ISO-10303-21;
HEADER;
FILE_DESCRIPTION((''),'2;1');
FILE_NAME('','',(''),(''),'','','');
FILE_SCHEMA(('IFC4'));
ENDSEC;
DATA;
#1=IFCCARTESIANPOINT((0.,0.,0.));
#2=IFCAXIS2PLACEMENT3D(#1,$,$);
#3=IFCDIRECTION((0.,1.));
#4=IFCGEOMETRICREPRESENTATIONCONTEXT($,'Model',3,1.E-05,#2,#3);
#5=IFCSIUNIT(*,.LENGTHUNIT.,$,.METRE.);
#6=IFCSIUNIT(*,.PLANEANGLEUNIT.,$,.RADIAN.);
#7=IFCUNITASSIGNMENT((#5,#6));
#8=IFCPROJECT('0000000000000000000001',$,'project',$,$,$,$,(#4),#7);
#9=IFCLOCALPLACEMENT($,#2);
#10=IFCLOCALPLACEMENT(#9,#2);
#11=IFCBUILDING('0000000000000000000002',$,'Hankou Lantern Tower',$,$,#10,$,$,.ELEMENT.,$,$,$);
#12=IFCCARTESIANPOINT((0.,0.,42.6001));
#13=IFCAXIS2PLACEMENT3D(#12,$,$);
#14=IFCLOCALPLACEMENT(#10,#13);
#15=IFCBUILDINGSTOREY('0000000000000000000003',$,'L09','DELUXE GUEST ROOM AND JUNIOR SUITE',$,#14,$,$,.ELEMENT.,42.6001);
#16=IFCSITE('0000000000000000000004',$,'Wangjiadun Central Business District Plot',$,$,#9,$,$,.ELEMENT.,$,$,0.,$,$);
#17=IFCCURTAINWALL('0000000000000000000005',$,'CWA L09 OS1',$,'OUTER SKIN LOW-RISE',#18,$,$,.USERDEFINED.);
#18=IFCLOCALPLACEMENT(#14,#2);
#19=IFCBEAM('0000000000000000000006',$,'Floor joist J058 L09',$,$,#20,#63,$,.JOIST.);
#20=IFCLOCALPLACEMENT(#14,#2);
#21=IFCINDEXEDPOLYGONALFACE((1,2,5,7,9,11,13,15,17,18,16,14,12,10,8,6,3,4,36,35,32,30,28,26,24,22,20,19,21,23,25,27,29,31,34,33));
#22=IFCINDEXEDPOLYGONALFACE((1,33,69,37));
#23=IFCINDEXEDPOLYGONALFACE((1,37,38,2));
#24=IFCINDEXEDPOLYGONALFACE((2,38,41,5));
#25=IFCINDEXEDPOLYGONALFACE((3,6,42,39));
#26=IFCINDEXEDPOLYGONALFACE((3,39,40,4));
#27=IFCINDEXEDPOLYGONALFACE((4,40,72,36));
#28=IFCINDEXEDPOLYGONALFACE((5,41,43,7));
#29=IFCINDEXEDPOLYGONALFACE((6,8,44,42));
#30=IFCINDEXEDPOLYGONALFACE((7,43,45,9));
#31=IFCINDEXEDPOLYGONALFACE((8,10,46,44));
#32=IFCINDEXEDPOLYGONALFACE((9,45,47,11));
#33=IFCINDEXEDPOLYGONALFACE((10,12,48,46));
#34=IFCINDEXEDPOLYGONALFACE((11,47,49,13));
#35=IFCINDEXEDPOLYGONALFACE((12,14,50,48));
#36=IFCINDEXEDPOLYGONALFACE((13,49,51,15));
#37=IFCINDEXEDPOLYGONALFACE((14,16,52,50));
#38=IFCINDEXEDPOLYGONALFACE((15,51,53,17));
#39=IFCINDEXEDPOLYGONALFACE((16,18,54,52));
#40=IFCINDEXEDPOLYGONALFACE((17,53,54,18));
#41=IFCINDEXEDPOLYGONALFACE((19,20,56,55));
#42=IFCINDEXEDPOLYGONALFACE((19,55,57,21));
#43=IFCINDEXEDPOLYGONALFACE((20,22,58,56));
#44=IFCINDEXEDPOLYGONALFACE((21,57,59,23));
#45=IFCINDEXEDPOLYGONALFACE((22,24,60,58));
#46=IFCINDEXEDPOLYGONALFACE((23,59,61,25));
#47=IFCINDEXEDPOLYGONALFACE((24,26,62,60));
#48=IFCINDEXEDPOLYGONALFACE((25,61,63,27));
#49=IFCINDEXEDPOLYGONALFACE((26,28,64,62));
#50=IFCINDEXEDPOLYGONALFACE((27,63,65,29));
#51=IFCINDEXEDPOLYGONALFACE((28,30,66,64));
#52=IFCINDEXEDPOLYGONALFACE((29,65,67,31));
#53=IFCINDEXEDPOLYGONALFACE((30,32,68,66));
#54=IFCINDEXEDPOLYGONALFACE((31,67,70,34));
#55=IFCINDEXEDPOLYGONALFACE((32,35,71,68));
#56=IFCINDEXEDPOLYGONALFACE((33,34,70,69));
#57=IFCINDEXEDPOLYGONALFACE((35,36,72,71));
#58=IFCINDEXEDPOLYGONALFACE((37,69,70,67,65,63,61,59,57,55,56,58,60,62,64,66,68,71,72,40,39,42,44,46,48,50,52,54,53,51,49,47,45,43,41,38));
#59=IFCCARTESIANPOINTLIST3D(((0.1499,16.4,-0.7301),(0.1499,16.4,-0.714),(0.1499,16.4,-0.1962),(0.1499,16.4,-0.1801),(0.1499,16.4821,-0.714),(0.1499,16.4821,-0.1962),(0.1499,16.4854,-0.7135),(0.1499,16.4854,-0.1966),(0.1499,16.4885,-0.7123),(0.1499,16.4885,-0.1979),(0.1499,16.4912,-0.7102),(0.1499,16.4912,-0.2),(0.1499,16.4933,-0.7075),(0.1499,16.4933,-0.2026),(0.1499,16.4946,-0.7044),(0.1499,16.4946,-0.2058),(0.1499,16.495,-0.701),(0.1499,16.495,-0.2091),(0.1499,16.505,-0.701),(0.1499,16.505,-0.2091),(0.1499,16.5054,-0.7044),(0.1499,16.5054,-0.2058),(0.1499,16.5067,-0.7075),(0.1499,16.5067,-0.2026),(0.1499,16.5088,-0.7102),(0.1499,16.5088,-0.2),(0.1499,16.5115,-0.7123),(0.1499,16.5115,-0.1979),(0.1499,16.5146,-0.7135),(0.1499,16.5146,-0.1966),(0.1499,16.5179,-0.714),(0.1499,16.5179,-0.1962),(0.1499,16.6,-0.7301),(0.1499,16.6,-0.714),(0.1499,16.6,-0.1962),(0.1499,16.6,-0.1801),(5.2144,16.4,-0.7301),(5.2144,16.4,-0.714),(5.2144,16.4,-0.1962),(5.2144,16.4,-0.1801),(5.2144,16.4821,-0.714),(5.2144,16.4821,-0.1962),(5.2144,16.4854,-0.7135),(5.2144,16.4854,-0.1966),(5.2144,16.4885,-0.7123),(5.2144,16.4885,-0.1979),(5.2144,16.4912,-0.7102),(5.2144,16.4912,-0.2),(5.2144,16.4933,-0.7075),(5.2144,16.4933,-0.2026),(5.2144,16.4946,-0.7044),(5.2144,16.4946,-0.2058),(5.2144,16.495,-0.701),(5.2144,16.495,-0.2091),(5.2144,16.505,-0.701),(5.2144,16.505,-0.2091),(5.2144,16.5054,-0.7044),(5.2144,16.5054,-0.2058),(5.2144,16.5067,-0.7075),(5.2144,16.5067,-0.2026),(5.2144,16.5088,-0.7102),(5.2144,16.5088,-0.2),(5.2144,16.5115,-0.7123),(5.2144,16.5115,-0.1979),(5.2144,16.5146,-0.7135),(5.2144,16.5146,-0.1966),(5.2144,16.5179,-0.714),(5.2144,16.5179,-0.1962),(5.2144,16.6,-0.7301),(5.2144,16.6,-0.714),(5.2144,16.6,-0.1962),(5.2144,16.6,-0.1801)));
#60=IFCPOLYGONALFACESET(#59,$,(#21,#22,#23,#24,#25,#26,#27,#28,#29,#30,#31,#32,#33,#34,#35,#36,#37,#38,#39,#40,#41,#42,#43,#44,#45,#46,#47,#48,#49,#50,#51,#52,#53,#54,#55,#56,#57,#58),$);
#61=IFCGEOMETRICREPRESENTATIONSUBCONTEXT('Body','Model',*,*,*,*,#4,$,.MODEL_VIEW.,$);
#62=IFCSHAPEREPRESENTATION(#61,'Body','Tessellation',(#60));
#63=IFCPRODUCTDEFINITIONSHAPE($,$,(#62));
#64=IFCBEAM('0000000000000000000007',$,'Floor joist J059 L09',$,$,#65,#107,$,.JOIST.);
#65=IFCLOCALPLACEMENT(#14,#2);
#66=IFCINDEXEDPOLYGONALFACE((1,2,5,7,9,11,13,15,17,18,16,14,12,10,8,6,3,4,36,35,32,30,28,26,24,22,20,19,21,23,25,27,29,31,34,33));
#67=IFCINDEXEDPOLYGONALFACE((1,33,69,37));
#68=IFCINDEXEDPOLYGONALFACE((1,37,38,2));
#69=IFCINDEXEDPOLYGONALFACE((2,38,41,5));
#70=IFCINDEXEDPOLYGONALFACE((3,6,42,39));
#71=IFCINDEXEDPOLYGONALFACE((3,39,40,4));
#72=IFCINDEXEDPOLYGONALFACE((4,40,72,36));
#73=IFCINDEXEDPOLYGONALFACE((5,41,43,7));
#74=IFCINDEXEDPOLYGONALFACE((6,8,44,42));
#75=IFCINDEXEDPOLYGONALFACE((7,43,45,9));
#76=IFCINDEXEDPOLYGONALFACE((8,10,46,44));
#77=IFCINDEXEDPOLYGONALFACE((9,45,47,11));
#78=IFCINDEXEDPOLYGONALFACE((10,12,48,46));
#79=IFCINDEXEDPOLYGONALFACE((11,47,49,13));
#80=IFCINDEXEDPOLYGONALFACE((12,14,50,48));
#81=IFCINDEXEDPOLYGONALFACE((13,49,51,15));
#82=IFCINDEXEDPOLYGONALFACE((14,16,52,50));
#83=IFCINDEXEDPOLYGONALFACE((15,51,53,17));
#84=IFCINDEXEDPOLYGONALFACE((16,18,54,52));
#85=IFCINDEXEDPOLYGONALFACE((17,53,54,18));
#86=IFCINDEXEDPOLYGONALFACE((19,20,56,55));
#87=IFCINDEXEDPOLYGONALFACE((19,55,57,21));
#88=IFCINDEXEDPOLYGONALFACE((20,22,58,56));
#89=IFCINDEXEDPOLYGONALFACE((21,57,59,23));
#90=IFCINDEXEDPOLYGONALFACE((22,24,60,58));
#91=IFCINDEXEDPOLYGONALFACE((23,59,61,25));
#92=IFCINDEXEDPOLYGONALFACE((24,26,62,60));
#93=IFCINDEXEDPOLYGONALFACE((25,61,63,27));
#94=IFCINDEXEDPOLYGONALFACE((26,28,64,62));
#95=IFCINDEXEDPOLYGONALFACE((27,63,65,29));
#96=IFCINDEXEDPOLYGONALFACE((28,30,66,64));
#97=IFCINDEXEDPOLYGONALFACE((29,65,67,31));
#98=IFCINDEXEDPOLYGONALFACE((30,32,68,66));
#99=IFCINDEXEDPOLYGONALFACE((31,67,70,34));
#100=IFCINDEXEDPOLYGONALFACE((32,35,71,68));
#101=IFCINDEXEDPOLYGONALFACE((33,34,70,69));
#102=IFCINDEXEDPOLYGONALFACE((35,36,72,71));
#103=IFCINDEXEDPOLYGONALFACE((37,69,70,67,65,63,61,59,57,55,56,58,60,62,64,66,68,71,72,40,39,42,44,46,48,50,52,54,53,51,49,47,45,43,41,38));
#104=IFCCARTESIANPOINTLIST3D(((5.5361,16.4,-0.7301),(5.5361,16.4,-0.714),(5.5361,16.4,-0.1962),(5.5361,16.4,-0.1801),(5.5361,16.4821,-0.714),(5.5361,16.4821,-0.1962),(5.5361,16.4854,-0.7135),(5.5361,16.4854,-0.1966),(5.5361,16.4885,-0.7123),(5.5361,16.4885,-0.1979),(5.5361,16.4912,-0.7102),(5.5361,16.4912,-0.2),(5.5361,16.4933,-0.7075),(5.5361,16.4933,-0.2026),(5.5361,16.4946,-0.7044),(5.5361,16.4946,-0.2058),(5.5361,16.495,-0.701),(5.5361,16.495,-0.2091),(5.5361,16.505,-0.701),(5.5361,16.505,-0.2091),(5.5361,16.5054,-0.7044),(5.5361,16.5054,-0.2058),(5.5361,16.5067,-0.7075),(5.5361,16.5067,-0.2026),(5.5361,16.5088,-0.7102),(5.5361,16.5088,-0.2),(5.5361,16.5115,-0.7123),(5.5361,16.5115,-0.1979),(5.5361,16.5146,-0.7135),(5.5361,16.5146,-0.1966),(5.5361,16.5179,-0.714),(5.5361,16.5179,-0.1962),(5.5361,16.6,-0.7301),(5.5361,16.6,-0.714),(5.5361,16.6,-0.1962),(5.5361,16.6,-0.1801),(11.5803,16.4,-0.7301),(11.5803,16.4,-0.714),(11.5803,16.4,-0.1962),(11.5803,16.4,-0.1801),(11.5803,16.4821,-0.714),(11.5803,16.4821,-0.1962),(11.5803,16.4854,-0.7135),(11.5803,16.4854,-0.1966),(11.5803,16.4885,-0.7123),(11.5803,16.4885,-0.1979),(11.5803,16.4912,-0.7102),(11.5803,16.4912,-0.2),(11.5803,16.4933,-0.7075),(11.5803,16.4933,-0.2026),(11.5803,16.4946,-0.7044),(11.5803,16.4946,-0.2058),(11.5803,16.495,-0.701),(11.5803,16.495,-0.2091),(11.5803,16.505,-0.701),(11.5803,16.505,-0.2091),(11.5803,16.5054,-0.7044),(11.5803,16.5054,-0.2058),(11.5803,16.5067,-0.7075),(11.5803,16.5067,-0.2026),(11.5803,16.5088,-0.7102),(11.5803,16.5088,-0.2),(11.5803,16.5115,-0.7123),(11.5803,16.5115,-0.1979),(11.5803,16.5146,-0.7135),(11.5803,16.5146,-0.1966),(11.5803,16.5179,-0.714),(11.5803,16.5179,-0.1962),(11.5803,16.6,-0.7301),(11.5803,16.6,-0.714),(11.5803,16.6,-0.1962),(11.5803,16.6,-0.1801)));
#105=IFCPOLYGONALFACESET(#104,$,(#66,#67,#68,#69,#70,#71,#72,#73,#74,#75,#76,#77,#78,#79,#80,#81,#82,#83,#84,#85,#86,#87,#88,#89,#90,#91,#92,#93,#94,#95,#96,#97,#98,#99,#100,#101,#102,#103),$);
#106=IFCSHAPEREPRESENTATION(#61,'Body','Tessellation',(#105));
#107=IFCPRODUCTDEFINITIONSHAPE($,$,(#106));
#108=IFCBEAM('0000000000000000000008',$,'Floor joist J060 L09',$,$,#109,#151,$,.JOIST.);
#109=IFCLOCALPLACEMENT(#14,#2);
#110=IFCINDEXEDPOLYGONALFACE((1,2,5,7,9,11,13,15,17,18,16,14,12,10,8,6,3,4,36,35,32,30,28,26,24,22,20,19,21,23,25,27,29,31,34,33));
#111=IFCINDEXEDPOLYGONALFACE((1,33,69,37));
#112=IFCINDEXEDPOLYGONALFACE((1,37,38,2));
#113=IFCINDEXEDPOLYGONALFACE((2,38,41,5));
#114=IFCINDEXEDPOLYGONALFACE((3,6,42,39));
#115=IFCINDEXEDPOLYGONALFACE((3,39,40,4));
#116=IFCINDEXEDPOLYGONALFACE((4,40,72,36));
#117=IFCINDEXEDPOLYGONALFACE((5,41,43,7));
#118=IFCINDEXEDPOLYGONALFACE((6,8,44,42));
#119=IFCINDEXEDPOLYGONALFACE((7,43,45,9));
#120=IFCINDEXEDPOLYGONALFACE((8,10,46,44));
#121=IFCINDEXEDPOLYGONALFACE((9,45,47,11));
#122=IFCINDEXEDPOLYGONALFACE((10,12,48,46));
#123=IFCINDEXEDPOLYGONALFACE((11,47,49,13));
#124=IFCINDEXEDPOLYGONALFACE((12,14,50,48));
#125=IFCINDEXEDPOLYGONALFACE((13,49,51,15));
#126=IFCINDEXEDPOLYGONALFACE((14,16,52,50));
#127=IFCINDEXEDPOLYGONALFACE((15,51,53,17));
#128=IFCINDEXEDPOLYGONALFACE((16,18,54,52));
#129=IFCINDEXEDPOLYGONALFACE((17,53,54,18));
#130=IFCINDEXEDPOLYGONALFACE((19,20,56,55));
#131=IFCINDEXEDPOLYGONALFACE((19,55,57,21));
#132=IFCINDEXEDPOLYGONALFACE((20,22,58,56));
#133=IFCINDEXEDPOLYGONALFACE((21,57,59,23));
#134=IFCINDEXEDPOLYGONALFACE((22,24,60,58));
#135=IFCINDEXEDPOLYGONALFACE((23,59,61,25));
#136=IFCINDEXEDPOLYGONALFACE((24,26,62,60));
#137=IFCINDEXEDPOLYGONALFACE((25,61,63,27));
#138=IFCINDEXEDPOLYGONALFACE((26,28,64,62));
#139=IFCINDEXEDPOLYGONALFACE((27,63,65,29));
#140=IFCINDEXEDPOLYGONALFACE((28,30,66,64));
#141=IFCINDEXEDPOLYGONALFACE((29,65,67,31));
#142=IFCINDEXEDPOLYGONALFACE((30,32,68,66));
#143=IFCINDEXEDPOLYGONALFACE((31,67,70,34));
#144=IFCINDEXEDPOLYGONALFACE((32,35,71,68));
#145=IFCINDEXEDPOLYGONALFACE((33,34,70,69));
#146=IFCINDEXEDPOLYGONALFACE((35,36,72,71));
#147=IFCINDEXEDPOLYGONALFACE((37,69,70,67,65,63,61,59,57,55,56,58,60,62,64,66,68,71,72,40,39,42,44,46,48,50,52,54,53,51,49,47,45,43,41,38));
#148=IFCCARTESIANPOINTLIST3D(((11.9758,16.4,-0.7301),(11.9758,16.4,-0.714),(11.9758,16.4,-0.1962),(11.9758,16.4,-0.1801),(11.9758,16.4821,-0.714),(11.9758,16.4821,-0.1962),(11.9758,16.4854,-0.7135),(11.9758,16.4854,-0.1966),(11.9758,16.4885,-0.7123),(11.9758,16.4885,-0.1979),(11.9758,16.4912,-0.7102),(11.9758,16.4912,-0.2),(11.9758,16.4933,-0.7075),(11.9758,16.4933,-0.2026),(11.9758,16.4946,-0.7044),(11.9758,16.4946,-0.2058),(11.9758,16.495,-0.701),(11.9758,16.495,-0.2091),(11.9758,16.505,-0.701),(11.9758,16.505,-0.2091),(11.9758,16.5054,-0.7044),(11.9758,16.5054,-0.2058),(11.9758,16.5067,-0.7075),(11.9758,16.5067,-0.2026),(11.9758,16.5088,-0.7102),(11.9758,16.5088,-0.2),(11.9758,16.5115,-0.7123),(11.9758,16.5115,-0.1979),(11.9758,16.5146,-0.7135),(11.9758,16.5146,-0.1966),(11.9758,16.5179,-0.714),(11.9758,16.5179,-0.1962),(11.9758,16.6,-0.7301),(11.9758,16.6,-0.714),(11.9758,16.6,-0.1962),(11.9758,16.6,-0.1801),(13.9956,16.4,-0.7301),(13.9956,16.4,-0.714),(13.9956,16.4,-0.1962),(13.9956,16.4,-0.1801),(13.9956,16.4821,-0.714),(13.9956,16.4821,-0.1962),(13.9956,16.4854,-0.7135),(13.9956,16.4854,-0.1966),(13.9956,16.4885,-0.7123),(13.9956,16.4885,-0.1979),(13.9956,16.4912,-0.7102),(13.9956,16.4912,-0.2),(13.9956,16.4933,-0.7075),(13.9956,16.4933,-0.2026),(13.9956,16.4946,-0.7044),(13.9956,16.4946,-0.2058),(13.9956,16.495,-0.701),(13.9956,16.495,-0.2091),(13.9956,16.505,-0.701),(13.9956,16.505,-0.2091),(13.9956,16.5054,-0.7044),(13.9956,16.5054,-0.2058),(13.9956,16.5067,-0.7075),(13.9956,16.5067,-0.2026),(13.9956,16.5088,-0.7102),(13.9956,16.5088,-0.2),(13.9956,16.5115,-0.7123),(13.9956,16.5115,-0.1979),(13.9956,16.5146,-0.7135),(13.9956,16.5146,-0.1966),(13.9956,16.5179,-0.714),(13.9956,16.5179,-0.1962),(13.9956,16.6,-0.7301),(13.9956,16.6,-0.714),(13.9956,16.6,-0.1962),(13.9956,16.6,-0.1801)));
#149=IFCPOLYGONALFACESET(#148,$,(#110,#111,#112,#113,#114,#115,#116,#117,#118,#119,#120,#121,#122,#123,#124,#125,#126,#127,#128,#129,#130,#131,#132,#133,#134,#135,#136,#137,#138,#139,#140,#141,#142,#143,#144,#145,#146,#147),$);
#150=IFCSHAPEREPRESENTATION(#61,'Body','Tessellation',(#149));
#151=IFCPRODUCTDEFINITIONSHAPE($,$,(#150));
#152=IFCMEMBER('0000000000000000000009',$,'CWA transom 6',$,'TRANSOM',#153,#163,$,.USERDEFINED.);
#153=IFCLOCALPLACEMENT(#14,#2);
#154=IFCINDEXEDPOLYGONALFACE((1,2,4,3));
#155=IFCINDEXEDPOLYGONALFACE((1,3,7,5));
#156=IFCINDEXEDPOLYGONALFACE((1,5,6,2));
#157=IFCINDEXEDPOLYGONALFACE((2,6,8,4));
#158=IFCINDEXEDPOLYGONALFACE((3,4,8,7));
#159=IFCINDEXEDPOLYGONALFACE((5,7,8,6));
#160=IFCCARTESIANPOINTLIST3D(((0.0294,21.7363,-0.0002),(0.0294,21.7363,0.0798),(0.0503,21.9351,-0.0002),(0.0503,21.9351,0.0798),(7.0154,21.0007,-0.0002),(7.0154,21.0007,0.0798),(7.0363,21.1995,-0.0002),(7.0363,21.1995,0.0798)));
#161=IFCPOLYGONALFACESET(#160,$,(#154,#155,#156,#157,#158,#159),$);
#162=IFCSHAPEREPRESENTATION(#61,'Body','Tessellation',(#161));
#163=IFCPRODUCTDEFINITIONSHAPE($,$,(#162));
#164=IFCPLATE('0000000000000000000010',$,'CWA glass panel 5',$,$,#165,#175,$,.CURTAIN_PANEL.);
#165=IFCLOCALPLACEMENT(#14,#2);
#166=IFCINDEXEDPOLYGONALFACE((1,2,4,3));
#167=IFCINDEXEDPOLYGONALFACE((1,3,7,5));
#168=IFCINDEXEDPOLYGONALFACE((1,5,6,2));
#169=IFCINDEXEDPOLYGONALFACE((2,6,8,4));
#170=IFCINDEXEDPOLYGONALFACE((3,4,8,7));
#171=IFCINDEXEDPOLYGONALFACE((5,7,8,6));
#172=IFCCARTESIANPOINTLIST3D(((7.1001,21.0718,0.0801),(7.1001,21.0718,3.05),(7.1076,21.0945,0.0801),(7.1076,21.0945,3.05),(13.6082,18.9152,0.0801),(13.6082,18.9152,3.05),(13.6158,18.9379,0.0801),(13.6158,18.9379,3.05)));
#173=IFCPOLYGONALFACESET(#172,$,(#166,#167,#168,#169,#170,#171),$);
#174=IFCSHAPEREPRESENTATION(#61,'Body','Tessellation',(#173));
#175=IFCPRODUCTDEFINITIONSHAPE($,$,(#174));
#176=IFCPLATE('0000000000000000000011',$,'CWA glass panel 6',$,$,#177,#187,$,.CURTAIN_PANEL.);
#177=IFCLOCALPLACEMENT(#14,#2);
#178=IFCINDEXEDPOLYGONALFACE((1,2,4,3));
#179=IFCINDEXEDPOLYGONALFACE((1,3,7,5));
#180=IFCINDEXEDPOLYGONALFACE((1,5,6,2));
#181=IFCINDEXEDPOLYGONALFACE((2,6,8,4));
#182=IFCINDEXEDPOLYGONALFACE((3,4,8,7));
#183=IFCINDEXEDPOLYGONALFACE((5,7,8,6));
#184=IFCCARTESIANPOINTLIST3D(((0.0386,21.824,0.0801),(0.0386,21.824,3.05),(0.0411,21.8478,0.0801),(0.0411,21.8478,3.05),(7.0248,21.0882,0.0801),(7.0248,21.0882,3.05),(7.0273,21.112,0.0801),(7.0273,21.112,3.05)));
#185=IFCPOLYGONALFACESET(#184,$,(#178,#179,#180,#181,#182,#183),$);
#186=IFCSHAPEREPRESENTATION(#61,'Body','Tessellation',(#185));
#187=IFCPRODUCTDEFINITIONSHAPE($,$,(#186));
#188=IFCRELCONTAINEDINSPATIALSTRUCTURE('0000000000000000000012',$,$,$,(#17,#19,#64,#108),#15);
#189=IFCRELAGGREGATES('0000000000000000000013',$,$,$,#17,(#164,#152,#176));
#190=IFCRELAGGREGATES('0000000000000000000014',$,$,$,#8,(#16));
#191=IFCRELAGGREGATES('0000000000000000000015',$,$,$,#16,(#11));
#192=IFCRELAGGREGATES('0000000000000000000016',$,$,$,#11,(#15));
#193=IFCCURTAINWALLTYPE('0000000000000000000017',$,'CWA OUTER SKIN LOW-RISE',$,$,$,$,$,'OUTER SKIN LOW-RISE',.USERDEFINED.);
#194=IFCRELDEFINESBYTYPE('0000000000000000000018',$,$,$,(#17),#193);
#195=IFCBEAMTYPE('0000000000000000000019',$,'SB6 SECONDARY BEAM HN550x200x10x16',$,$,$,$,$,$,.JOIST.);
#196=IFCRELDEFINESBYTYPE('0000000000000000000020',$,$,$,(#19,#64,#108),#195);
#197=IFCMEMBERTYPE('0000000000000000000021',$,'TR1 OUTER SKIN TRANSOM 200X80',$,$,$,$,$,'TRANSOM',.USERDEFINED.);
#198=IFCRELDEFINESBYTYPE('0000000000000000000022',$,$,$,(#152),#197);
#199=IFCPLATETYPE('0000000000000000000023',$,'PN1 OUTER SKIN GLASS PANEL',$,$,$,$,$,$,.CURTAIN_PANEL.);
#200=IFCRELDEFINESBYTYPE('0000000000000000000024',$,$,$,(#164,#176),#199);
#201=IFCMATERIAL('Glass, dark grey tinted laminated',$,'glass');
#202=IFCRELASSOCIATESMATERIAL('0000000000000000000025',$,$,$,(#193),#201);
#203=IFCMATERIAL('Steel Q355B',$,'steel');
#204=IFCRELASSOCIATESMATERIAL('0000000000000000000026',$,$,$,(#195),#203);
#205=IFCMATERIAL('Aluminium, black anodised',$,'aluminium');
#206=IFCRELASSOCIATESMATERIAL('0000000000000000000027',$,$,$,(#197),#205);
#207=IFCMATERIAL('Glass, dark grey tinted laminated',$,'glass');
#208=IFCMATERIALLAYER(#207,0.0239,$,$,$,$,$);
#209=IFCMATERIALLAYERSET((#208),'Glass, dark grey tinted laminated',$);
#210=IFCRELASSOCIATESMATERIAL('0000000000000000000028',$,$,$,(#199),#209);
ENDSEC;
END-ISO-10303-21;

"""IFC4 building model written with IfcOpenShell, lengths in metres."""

from ifc_helpers import new_model, si_unit, direction, frame, origin, origin_2d, place, context, subcontext, project, spatial, rectangle, i_section, extrude, material, layer, layer_set, material_profile, profile_set, type_object, element, aggregate, save


model = new_model("IFC4")

# Units and contexts
model_context = context("Model", 3, precision=1e-05, world=origin(), true_north=direction((0.0, 1.0)))
body_context = subcontext(model_context, "Body", "Model", "MODEL_VIEW")
ifc_project = project(units=[si_unit("LENGTHUNIT", "METRE"), si_unit("PLANEANGLEUNIT", "RADIAN")], contexts=[model_context])

# Site, building, storey
site_placement = place(None, origin())
site = spatial("IfcSite", under=ifc_project, at=site_placement, Name="Wangjiadun Central Business District Plot", CompositionType="ELEMENT", RefElevation=0.0)
building_placement = place(site_placement, origin())
building = spatial("IfcBuilding", under=site, at=building_placement, Name="Hankou Lantern Tower", CompositionType="ELEMENT")
storey_placement = place(building_placement, frame((0.0, 0.0, 42.6001)))
storey = spatial("IfcBuildingStorey", under=building, at=storey_placement, Name="L09", Description="DELUXE GUEST ROOM AND JUNIOR SUITE", CompositionType="ELEMENT", Elevation=42.6001)

# Curtain wall
ifc_material_1 = material(Name="Glass, dark grey tinted laminated", Category="glass")
curtain_wall_type = type_object("IfcCurtainWallType", Name="CWA OUTER SKIN LOW-RISE", ElementType="OUTER SKIN LOW-RISE", PredefinedType="USERDEFINED", material=ifc_material_1)
curtain_wall_1_placement = place(storey_placement, origin())
curtain_wall_1 = element("IfcCurtainWall", 1, at=curtain_wall_1_placement, inside=storey, type_object=curtain_wall_type, Name="CWA L09 OS1", ObjectType="OUTER SKIN LOW-RISE", PredefinedType="USERDEFINED")

# Beams
ifc_material_2 = material(Name="Steel Q355B", Category="steel")
ifc_material_profile_1 = material_profile(ifc_material_2, i_section(OverallWidth=0.2, OverallDepth=0.55, WebThickness=0.01, FlangeThickness=0.0161, FilletRadius=0.0129, at=origin_2d()), Name="HN550x200x10x16")
ifc_profile_set_1 = profile_set([ifc_material_profile_1], Name="Steel Q355B")
beam_type_1 = type_object("IfcBeamType", Name="SB6 SECONDARY BEAM HN550x200x10x16", PredefinedType="JOIST", material=ifc_profile_set_1)
beam_1_placement = place(storey_placement, frame((0.1499, 16.5, -0.4551), z_axis=(1.0, 0.0, 0.0), x_axis=(0.0, 1.0, 0.0)))
element("IfcBeam", 2, at=beam_1_placement, inside=storey, type_object=beam_type_1, Name="Floor joist J058 L09", PredefinedType="JOIST", context=body_context, shape_type="SweptSolid", body=[
    extrude(i_section(OverallWidth=0.2, OverallDepth=0.55, WebThickness=0.01, FlangeThickness=0.0161, FilletRadius=0.0129, at=origin_2d()), origin(), (0.0, 0.0, 1.0), 5.0645),
])
beam_2_placement = place(storey_placement, frame((5.5361, 16.5, -0.4551), z_axis=(1.0, 0.0, 0.0), x_axis=(0.0, 1.0, 0.0)))
element("IfcBeam", 3, at=beam_2_placement, inside=storey, type_object=beam_type_1, Name="Floor joist J059 L09", PredefinedType="JOIST", context=body_context, shape_type="SweptSolid", body=[
    extrude(i_section(OverallWidth=0.2, OverallDepth=0.55, WebThickness=0.01, FlangeThickness=0.0161, FilletRadius=0.0129, at=origin_2d()), origin(), (0.0, 0.0, 1.0), 6.0442),
])
beam_3_placement = place(storey_placement, frame((11.9758, 16.5, -0.4551), z_axis=(1.0, 0.0, 0.0), x_axis=(0.0, 1.0, 0.0)))
element("IfcBeam", 4, at=beam_3_placement, inside=storey, type_object=beam_type_1, Name="Floor joist J060 L09", PredefinedType="JOIST", context=body_context, shape_type="SweptSolid", body=[
    extrude(i_section(OverallWidth=0.2, OverallDepth=0.55, WebThickness=0.01, FlangeThickness=0.0161, FilletRadius=0.0129, at=origin_2d()), origin(), (0.0, 0.0, 1.0), 2.0198),
])

# Member
ifc_material_3 = material(Name="Aluminium, black anodised", Category="aluminium")
ifc_material_profile_2 = material_profile(ifc_material_3, rectangle(XDim=0.2, YDim=0.0801, at=origin_2d()), Name="TR1 200X80")
ifc_profile_set_2 = profile_set([ifc_material_profile_2], Name="Aluminium, black anodised")
member_type_1 = type_object("IfcMemberType", Name="TR1 OUTER SKIN TRANSOM 200X80", ElementType="TRANSOM", PredefinedType="USERDEFINED", material=ifc_profile_set_2)
member_1_placement = place(storey_placement, frame((7.0259, 21.1001, 0.0398), z_axis=(-0.994502, 0.104716, 0.0), x_axis=(-0.104716, -0.994502, 0.0)))
member_1 = element("IfcMember", 5, at=member_1_placement, type_object=member_type_1, Name="CWA transom 6", ObjectType="TRANSOM", PredefinedType="USERDEFINED", context=body_context, shape_type="SweptSolid", body=[
    extrude(rectangle(XDim=0.2, YDim=0.0801, at=origin_2d()), origin(), (0.0, 0.0, 1.0), 7.0247),
])

# Plates
ifc_material_4 = material(Name="Glass, dark grey tinted laminated", Category="glass")
ifc_layer_1 = layer(ifc_material_4, 0.0239)
ifc_layer_set_1 = layer_set([ifc_layer_1], Name="Glass, dark grey tinted laminated")
plate_type = type_object("IfcPlateType", Name="PN1 OUTER SKIN GLASS PANEL", PredefinedType="CURTAIN_PANEL", material=ifc_layer_set_1)
plate_1_placement = place(storey_placement, frame((10.3579, 20.0049, 0.0801), z_axis=(0.0, 0.0, 1.0), x_axis=(-0.949241, 0.314551, 0.0)))
plate_1 = element("IfcPlate", 6, at=plate_1_placement, type_object=plate_type, Name="CWA glass panel 5", PredefinedType="CURTAIN_PANEL", context=body_context, shape_type="SweptSolid", body=[
    extrude(rectangle(XDim=6.8562, YDim=0.0239, at=origin_2d()), origin(), (0.0, 0.0, 1.0), 2.97),
])
plate_2_placement = place(storey_placement, frame((3.533, 21.468, 0.0801), z_axis=(0.0, 0.0, 1.0), x_axis=(-0.994499, 0.104743, 0.0)))
plate_2 = element("IfcPlate", 7, at=plate_2_placement, type_object=plate_type, Name="CWA glass panel 6", PredefinedType="CURTAIN_PANEL", context=body_context, shape_type="SweptSolid", body=[
    extrude(rectangle(XDim=7.0249, YDim=0.0239, at=origin_2d()), origin(), (0.0, 0.0, 1.0), 2.97),
])
aggregate(curtain_wall_1, [plate_1, member_1, plate_2])

save(model, "model.ifc")
